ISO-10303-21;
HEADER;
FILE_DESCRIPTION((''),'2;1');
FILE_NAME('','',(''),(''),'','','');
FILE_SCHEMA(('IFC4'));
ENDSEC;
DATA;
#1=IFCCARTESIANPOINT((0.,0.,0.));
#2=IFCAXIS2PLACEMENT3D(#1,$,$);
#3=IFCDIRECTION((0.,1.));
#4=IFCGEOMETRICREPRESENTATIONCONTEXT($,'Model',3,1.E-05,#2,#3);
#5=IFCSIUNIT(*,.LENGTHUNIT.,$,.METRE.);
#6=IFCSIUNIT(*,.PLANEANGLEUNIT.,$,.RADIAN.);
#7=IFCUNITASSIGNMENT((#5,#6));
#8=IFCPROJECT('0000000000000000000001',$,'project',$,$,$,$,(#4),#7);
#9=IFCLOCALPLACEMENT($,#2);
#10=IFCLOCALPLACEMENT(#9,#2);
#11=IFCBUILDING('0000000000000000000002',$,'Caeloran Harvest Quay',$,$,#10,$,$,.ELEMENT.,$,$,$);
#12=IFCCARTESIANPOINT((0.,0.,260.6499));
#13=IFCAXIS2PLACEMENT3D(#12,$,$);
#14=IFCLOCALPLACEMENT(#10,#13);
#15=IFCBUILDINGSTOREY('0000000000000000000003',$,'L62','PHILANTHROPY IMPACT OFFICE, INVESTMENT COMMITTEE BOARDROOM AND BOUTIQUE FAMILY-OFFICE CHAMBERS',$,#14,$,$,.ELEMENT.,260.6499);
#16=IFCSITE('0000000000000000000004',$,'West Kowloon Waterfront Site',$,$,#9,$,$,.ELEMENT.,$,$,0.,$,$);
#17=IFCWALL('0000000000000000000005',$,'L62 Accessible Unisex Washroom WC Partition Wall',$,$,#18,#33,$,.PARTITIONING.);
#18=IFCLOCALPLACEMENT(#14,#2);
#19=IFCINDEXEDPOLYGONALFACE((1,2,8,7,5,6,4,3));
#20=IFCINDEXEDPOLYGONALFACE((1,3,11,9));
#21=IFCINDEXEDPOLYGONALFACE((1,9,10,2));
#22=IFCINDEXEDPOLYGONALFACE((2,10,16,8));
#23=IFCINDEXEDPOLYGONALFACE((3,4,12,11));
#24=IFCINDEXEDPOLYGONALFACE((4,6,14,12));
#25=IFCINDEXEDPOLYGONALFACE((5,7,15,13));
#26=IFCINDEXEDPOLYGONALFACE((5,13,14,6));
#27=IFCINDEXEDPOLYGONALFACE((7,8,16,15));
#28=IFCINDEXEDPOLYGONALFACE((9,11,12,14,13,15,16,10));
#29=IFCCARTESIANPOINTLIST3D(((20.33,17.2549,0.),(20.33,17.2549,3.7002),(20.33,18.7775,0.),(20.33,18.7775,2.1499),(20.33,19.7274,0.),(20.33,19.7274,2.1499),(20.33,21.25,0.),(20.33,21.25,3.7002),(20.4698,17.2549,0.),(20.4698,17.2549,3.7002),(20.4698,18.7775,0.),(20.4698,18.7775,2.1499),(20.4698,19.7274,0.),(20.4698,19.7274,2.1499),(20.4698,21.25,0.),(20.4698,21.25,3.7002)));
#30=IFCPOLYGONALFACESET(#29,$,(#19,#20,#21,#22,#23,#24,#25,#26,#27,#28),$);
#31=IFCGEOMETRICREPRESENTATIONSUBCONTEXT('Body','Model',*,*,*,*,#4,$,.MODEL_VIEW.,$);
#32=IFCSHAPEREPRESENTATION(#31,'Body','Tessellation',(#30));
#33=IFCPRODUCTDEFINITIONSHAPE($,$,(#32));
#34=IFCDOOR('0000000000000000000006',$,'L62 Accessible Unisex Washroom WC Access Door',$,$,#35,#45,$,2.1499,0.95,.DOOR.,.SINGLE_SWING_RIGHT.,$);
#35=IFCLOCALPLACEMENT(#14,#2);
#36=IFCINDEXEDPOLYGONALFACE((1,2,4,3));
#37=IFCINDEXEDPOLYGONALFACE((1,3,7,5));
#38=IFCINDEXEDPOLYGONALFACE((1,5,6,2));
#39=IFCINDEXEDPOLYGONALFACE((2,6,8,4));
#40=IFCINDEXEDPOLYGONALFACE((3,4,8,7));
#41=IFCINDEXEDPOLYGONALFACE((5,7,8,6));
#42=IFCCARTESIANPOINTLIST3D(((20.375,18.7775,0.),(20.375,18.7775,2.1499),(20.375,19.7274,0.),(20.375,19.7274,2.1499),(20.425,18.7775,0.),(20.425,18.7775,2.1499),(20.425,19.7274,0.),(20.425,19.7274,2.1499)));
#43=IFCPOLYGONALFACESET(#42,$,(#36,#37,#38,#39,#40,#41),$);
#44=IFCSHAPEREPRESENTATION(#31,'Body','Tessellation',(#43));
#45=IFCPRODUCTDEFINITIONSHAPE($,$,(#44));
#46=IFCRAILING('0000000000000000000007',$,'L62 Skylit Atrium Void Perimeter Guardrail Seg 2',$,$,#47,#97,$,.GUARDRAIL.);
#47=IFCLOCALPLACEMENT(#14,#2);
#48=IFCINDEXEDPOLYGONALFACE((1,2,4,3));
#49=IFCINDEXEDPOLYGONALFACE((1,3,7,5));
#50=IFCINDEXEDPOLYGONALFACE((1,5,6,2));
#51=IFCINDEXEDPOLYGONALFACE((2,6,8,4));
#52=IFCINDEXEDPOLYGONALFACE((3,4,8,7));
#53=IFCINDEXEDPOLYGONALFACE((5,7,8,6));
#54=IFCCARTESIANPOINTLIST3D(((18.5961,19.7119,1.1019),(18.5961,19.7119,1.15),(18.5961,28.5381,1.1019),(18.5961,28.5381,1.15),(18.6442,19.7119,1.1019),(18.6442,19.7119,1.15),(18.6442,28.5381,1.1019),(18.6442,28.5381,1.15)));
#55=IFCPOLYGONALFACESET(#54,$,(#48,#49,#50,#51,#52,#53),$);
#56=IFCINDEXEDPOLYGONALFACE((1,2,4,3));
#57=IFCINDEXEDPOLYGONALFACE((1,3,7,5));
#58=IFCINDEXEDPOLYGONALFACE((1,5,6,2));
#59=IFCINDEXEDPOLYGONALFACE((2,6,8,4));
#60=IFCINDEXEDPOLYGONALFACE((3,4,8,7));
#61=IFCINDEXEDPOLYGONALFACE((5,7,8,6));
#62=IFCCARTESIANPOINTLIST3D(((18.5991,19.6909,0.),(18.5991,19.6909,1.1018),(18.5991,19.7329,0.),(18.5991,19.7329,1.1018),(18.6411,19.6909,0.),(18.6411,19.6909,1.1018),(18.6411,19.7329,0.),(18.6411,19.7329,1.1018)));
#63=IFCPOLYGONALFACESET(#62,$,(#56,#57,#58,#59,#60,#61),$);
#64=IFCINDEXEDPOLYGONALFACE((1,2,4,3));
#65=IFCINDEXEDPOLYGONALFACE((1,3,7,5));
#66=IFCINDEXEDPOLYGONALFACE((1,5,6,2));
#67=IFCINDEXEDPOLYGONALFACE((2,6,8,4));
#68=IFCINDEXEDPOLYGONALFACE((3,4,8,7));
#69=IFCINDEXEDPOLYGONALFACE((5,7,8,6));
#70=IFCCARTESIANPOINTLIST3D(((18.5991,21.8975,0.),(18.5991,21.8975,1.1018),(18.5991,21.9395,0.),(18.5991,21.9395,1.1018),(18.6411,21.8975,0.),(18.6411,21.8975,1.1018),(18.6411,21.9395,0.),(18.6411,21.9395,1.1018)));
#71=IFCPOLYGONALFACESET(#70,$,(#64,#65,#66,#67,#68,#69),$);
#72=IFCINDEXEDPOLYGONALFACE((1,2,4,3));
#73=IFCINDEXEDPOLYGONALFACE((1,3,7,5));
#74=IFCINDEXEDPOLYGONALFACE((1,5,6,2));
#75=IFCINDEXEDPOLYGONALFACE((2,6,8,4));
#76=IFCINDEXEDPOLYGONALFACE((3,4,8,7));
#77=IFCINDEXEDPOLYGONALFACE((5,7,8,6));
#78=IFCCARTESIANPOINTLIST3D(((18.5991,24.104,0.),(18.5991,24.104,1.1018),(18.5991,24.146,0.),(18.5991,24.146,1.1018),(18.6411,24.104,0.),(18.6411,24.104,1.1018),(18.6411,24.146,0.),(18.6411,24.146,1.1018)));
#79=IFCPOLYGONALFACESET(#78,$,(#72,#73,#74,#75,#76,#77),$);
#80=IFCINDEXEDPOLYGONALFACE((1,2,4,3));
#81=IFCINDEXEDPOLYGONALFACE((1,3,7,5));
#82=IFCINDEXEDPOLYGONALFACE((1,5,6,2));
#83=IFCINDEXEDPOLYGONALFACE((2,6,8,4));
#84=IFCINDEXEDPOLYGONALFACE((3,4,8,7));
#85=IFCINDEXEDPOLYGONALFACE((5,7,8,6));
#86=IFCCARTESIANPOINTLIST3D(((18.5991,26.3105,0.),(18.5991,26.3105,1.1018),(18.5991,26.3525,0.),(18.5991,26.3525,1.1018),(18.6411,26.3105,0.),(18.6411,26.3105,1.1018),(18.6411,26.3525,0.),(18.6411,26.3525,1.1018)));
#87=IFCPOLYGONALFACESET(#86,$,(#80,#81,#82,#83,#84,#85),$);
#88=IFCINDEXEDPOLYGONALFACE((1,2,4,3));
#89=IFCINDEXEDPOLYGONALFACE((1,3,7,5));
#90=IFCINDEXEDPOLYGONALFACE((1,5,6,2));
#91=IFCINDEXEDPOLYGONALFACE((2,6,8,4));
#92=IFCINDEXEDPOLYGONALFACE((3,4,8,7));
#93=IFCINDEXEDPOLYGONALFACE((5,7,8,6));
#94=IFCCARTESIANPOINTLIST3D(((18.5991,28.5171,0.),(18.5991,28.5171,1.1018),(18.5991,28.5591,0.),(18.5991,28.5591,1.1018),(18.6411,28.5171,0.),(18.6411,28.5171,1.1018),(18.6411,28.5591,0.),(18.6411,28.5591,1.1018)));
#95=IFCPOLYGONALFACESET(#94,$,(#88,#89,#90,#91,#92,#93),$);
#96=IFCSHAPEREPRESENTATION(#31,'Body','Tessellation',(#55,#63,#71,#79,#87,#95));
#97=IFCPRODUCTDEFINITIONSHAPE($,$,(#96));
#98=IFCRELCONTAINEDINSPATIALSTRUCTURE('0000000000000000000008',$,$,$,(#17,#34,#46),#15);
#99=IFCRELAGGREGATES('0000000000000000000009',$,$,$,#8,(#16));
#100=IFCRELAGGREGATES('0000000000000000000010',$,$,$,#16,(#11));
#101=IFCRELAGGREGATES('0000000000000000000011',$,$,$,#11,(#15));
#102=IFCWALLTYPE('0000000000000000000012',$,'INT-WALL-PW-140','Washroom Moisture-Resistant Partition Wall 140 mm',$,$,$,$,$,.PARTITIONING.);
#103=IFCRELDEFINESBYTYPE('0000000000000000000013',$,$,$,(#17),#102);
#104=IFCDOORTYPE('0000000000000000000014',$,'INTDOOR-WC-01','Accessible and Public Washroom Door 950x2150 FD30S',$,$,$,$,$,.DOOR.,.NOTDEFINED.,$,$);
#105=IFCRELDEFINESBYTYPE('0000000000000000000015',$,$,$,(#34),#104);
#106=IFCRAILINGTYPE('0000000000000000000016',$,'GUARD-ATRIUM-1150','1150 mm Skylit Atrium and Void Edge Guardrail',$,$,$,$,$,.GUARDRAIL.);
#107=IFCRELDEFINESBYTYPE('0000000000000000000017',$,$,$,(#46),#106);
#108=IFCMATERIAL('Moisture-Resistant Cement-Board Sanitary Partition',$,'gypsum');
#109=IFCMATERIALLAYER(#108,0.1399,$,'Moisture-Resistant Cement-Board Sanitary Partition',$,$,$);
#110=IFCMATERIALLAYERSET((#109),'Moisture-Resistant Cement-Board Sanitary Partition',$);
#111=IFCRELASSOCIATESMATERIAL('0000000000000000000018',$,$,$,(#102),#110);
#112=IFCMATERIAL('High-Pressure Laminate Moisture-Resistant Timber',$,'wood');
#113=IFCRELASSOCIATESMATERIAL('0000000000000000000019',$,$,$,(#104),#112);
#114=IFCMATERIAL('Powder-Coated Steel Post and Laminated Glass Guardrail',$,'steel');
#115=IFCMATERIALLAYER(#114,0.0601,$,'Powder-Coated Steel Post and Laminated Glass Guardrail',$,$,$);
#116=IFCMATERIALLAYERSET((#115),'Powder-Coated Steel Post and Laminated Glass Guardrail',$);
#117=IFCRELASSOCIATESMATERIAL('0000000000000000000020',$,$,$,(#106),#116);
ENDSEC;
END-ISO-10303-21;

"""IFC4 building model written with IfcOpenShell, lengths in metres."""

from ifc_helpers import new_model, si_unit, direction, frame, frame_2d, origin, origin_2d, place, context, subcontext, project, spatial, rectangle, extrude, material, layer, layer_set, type_object, element, fill, save


model = new_model("IFC4")

# Units and contexts
model_context = context("Model", 3, precision=1e-05, world=origin(), true_north=direction((0.0, 1.0)))
body_context = subcontext(model_context, "Body", "Model", "MODEL_VIEW")
ifc_project = project(units=[si_unit("LENGTHUNIT", "METRE"), si_unit("PLANEANGLEUNIT", "RADIAN")], contexts=[model_context])

# Site, building, storey
site_placement = place(None, origin())
site = spatial("IfcSite", under=ifc_project, at=site_placement, Name="West Kowloon Waterfront Site", CompositionType="ELEMENT", RefElevation=0.0)
building_placement = place(site_placement, origin())
building = spatial("IfcBuilding", under=site, at=building_placement, Name="Caeloran Harvest Quay", CompositionType="ELEMENT")
storey_placement = place(building_placement, frame((0.0, 0.0, 260.6499)))
storey = spatial("IfcBuildingStorey", under=building, at=storey_placement, Name="L62", Description="PHILANTHROPY IMPACT OFFICE, INVESTMENT COMMITTEE BOARDROOM AND BOUTIQUE FAMILY-OFFICE CHAMBERS", CompositionType="ELEMENT", Elevation=260.6499)

# Shared definitions
ifc_material_1 = material(Name="Moisture-Resistant Cement-Board Sanitary Partition", Category="gypsum")
ifc_layer_1 = layer(ifc_material_1, 0.1399, Name="Moisture-Resistant Cement-Board Sanitary Partition")
ifc_layer_set_1 = layer_set([ifc_layer_1], Name="Moisture-Resistant Cement-Board Sanitary Partition")
wall_type_1 = type_object("IfcWallType", Name="INT-WALL-PW-140", Description="Washroom Moisture-Resistant Partition Wall 140 mm", PredefinedType="PARTITIONING", material=ifc_layer_set_1)

# Shared definitions
ifc_material_2 = material(Name="High-Pressure Laminate Moisture-Resistant Timber", Category="wood")
door_type = type_object("IfcDoorType", Name="INTDOOR-WC-01", Description="Accessible and Public Washroom Door 950x2150 FD30S", OperationType="NOTDEFINED", PredefinedType="DOOR", material=ifc_material_2)

# Wall, opening, door
wall_1_placement = place(storey_placement, frame((20.3999, 17.2549, 0.0), z_axis=(0.0, 0.0, 1.0), x_axis=(0.0, 1.0, 0.0)))
wall_1 = element("IfcWall", 1, at=wall_1_placement, inside=storey, type_object=wall_type_1, Name="L62 Accessible Unisex Washroom WC Partition Wall", PredefinedType="PARTITIONING", context=body_context, shape_type="SweptSolid", body=[
    extrude(rectangle(XDim=3.9951, YDim=0.1399, at=frame_2d((1.9976, 0.0))), origin(), (0.0, 0.0, 1.0), 3.7002),
])
opening_1_placement = place(wall_1_placement, frame((1.5225, 0.0, 0.0)))
opening_1 = element("IfcOpeningElement", 2, at=opening_1_placement, cuts=wall_1, PredefinedType="OPENING", context=body_context, shape_type="SweptSolid", body=[
    extrude(rectangle(XDim=0.95, YDim=2.1499, at=frame_2d((0.4751, 1.075))), frame((0.0, 0.0801, 0.0), z_axis=(0.0, -1.0, 0.0), x_axis=(1.0, 0.0, 0.0)), (0.0, 0.0, 1.0), 0.1599),
])
door_1_placement = place(opening_1_placement, origin())
door_1 = element("IfcDoor", 3, at=door_1_placement, inside=storey, type_object=door_type, Name="L62 Accessible Unisex Washroom WC Access Door", OperationType="SINGLE_SWING_RIGHT", OverallHeight=2.1499, OverallWidth=0.95, PredefinedType="DOOR", context=body_context, shape_type="SweptSolid", body=[
    extrude(rectangle(XDim=0.95, YDim=2.1499, at=frame_2d((0.4751, 1.075))), frame((0.0, 0.0249, 0.0), z_axis=(0.0, -1.0, 0.0), x_axis=(1.0, 0.0, 0.0)), (0.0, 0.0, 1.0), 0.05),
])
fill(opening_1, door_1)

# Railing
ifc_material_3 = material(Name="Powder-Coated Steel Post and Laminated Glass Guardrail", Category="steel")
ifc_layer_2 = layer(ifc_material_3, 0.0601, Name="Powder-Coated Steel Post and Laminated Glass Guardrail")
ifc_layer_set_2 = layer_set([ifc_layer_2], Name="Powder-Coated Steel Post and Laminated Glass Guardrail")
railing_type = type_object("IfcRailingType", Name="GUARD-ATRIUM-1150", Description="1150 mm Skylit Atrium and Void Edge Guardrail", PredefinedType="GUARDRAIL", material=ifc_layer_set_2)
railing_placement = place(storey_placement, frame((18.6201, 19.7119, 0.0)))
element("IfcRailing", 4, at=railing_placement, inside=storey, type_object=railing_type, Name="L62 Skylit Atrium Void Perimeter Guardrail Seg 2", PredefinedType="GUARDRAIL", context=body_context, shape_type="SweptSolid", body=[
    extrude(rectangle(XDim=0.0481, YDim=0.0481, at=origin_2d()), frame((0.0, 0.0, 1.126), z_axis=(0.0, 1.0, 0.0), x_axis=(-1.0, 0.0, 0.0)), (0.0, 0.0, 1.0), 8.8262),
    extrude(rectangle(XDim=0.042, YDim=0.042, at=origin_2d()), origin(), (0.0, 0.0, 1.0), 1.1018),
    extrude(rectangle(XDim=0.042, YDim=0.042, at=origin_2d()), frame((0.0, 2.2065, 0.0)), (0.0, 0.0, 1.0), 1.1018),
    extrude(rectangle(XDim=0.042, YDim=0.042, at=origin_2d()), frame((0.0, 4.4131, 0.0)), (0.0, 0.0, 1.0), 1.1018),
    extrude(rectangle(XDim=0.042, YDim=0.042, at=origin_2d()), frame((0.0, 6.6196, 0.0)), (0.0, 0.0, 1.0), 1.1018),
    extrude(rectangle(XDim=0.042, YDim=0.042, at=origin_2d()), frame((0.0, 8.8262, 0.0)), (0.0, 0.0, 1.0), 1.1018),
])

save(model, "model.ifc")
